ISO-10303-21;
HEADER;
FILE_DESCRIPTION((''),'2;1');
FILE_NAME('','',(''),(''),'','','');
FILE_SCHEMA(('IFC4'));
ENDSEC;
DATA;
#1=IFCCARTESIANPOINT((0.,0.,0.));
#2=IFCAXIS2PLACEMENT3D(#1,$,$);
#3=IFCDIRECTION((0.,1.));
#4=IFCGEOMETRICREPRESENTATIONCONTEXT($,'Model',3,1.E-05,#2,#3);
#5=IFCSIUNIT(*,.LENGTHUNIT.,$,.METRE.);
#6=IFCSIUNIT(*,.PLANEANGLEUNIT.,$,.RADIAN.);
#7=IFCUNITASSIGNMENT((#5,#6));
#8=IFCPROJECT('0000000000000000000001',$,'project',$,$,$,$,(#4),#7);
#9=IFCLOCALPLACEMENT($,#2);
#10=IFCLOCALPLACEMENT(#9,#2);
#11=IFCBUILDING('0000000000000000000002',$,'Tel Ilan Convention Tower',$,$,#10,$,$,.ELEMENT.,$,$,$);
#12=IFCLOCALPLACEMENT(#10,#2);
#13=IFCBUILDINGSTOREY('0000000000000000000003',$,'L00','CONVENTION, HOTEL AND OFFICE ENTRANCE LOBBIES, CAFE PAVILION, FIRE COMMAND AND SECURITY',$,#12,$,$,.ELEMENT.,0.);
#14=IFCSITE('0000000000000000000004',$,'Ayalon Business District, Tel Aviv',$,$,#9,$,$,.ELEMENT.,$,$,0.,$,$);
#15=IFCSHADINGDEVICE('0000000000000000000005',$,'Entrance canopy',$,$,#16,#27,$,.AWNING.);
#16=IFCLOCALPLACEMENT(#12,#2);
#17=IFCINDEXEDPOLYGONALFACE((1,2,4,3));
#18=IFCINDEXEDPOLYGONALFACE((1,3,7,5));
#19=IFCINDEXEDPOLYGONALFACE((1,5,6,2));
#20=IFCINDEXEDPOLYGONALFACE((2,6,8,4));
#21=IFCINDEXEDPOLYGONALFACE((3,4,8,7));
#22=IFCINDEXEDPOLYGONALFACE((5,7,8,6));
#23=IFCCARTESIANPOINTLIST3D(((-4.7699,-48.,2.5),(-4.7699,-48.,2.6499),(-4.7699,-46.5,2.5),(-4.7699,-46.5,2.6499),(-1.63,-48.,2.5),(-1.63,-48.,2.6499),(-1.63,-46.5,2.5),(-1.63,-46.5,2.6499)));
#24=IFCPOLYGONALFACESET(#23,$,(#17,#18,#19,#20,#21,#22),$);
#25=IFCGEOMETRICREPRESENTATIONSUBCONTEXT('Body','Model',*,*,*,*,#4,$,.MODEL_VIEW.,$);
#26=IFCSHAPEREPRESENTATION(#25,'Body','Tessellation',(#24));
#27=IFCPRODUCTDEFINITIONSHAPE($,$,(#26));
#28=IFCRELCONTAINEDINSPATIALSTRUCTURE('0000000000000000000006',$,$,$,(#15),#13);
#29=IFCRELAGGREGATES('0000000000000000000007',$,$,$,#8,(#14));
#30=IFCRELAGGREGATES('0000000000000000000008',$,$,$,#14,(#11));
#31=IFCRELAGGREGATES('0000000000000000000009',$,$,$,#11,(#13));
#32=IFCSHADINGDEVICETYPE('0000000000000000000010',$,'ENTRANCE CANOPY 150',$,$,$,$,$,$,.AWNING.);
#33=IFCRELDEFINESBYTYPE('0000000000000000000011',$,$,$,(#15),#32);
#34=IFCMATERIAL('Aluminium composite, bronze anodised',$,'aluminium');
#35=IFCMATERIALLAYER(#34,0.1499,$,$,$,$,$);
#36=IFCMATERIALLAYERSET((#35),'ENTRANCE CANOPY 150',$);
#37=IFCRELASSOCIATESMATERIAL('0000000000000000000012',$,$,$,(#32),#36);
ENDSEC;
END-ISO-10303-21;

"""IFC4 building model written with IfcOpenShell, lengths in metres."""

from ifc_helpers import new_model, si_unit, direction, frame, origin, origin_2d, place, context, subcontext, project, spatial, rectangle, extrude, material, layer, layer_set, type_object, element, save


model = new_model("IFC4")

# Units and contexts
model_context = context("Model", 3, precision=1e-05, world=origin(), true_north=direction((0.0, 1.0)))
body_context = subcontext(model_context, "Body", "Model", "MODEL_VIEW")
ifc_project = project(units=[si_unit("LENGTHUNIT", "METRE"), si_unit("PLANEANGLEUNIT", "RADIAN")], contexts=[model_context])

# Site, building, storey
site_placement = place(None, origin())
site = spatial("IfcSite", under=ifc_project, at=site_placement, Name="Ayalon Business District, Tel Aviv", CompositionType="ELEMENT", RefElevation=0.0)
building_placement = place(site_placement, origin())
building = spatial("IfcBuilding", under=site, at=building_placement, Name="Tel Ilan Convention Tower", CompositionType="ELEMENT")
storey_placement = place(building_placement, origin())
storey = spatial("IfcBuildingStorey", under=building, at=storey_placement, Name="L00", Description="CONVENTION, HOTEL AND OFFICE ENTRANCE LOBBIES, CAFE PAVILION, FIRE COMMAND AND SECURITY", CompositionType="ELEMENT", Elevation=0.0)

# Shading device
ifc_material_1 = material(Name="Aluminium composite, bronze anodised", Category="aluminium")
ifc_layer_1 = layer(ifc_material_1, 0.1499)
ifc_layer_set_1 = layer_set([ifc_layer_1], Name="ENTRANCE CANOPY 150")
shading_device_type = type_object("IfcShadingDeviceType", Name="ENTRANCE CANOPY 150", PredefinedType="AWNING", material=ifc_layer_set_1)
shading_device_placement = place(storey_placement, frame((-3.2, -47.25, 2.5), z_axis=(0.0, 0.0, 1.0), x_axis=(-1.0, 0.0, 0.0)))
element("IfcShadingDevice", 1, at=shading_device_placement, inside=storey, type_object=shading_device_type, Name="Entrance canopy", PredefinedType="AWNING", context=body_context, shape_type="SweptSolid", body=[
    extrude(rectangle(XDim=3.1399, YDim=1.5, at=origin_2d()), origin(), (0.0, 0.0, 1.0), 0.1499),
])

save(model, "model.ifc")
